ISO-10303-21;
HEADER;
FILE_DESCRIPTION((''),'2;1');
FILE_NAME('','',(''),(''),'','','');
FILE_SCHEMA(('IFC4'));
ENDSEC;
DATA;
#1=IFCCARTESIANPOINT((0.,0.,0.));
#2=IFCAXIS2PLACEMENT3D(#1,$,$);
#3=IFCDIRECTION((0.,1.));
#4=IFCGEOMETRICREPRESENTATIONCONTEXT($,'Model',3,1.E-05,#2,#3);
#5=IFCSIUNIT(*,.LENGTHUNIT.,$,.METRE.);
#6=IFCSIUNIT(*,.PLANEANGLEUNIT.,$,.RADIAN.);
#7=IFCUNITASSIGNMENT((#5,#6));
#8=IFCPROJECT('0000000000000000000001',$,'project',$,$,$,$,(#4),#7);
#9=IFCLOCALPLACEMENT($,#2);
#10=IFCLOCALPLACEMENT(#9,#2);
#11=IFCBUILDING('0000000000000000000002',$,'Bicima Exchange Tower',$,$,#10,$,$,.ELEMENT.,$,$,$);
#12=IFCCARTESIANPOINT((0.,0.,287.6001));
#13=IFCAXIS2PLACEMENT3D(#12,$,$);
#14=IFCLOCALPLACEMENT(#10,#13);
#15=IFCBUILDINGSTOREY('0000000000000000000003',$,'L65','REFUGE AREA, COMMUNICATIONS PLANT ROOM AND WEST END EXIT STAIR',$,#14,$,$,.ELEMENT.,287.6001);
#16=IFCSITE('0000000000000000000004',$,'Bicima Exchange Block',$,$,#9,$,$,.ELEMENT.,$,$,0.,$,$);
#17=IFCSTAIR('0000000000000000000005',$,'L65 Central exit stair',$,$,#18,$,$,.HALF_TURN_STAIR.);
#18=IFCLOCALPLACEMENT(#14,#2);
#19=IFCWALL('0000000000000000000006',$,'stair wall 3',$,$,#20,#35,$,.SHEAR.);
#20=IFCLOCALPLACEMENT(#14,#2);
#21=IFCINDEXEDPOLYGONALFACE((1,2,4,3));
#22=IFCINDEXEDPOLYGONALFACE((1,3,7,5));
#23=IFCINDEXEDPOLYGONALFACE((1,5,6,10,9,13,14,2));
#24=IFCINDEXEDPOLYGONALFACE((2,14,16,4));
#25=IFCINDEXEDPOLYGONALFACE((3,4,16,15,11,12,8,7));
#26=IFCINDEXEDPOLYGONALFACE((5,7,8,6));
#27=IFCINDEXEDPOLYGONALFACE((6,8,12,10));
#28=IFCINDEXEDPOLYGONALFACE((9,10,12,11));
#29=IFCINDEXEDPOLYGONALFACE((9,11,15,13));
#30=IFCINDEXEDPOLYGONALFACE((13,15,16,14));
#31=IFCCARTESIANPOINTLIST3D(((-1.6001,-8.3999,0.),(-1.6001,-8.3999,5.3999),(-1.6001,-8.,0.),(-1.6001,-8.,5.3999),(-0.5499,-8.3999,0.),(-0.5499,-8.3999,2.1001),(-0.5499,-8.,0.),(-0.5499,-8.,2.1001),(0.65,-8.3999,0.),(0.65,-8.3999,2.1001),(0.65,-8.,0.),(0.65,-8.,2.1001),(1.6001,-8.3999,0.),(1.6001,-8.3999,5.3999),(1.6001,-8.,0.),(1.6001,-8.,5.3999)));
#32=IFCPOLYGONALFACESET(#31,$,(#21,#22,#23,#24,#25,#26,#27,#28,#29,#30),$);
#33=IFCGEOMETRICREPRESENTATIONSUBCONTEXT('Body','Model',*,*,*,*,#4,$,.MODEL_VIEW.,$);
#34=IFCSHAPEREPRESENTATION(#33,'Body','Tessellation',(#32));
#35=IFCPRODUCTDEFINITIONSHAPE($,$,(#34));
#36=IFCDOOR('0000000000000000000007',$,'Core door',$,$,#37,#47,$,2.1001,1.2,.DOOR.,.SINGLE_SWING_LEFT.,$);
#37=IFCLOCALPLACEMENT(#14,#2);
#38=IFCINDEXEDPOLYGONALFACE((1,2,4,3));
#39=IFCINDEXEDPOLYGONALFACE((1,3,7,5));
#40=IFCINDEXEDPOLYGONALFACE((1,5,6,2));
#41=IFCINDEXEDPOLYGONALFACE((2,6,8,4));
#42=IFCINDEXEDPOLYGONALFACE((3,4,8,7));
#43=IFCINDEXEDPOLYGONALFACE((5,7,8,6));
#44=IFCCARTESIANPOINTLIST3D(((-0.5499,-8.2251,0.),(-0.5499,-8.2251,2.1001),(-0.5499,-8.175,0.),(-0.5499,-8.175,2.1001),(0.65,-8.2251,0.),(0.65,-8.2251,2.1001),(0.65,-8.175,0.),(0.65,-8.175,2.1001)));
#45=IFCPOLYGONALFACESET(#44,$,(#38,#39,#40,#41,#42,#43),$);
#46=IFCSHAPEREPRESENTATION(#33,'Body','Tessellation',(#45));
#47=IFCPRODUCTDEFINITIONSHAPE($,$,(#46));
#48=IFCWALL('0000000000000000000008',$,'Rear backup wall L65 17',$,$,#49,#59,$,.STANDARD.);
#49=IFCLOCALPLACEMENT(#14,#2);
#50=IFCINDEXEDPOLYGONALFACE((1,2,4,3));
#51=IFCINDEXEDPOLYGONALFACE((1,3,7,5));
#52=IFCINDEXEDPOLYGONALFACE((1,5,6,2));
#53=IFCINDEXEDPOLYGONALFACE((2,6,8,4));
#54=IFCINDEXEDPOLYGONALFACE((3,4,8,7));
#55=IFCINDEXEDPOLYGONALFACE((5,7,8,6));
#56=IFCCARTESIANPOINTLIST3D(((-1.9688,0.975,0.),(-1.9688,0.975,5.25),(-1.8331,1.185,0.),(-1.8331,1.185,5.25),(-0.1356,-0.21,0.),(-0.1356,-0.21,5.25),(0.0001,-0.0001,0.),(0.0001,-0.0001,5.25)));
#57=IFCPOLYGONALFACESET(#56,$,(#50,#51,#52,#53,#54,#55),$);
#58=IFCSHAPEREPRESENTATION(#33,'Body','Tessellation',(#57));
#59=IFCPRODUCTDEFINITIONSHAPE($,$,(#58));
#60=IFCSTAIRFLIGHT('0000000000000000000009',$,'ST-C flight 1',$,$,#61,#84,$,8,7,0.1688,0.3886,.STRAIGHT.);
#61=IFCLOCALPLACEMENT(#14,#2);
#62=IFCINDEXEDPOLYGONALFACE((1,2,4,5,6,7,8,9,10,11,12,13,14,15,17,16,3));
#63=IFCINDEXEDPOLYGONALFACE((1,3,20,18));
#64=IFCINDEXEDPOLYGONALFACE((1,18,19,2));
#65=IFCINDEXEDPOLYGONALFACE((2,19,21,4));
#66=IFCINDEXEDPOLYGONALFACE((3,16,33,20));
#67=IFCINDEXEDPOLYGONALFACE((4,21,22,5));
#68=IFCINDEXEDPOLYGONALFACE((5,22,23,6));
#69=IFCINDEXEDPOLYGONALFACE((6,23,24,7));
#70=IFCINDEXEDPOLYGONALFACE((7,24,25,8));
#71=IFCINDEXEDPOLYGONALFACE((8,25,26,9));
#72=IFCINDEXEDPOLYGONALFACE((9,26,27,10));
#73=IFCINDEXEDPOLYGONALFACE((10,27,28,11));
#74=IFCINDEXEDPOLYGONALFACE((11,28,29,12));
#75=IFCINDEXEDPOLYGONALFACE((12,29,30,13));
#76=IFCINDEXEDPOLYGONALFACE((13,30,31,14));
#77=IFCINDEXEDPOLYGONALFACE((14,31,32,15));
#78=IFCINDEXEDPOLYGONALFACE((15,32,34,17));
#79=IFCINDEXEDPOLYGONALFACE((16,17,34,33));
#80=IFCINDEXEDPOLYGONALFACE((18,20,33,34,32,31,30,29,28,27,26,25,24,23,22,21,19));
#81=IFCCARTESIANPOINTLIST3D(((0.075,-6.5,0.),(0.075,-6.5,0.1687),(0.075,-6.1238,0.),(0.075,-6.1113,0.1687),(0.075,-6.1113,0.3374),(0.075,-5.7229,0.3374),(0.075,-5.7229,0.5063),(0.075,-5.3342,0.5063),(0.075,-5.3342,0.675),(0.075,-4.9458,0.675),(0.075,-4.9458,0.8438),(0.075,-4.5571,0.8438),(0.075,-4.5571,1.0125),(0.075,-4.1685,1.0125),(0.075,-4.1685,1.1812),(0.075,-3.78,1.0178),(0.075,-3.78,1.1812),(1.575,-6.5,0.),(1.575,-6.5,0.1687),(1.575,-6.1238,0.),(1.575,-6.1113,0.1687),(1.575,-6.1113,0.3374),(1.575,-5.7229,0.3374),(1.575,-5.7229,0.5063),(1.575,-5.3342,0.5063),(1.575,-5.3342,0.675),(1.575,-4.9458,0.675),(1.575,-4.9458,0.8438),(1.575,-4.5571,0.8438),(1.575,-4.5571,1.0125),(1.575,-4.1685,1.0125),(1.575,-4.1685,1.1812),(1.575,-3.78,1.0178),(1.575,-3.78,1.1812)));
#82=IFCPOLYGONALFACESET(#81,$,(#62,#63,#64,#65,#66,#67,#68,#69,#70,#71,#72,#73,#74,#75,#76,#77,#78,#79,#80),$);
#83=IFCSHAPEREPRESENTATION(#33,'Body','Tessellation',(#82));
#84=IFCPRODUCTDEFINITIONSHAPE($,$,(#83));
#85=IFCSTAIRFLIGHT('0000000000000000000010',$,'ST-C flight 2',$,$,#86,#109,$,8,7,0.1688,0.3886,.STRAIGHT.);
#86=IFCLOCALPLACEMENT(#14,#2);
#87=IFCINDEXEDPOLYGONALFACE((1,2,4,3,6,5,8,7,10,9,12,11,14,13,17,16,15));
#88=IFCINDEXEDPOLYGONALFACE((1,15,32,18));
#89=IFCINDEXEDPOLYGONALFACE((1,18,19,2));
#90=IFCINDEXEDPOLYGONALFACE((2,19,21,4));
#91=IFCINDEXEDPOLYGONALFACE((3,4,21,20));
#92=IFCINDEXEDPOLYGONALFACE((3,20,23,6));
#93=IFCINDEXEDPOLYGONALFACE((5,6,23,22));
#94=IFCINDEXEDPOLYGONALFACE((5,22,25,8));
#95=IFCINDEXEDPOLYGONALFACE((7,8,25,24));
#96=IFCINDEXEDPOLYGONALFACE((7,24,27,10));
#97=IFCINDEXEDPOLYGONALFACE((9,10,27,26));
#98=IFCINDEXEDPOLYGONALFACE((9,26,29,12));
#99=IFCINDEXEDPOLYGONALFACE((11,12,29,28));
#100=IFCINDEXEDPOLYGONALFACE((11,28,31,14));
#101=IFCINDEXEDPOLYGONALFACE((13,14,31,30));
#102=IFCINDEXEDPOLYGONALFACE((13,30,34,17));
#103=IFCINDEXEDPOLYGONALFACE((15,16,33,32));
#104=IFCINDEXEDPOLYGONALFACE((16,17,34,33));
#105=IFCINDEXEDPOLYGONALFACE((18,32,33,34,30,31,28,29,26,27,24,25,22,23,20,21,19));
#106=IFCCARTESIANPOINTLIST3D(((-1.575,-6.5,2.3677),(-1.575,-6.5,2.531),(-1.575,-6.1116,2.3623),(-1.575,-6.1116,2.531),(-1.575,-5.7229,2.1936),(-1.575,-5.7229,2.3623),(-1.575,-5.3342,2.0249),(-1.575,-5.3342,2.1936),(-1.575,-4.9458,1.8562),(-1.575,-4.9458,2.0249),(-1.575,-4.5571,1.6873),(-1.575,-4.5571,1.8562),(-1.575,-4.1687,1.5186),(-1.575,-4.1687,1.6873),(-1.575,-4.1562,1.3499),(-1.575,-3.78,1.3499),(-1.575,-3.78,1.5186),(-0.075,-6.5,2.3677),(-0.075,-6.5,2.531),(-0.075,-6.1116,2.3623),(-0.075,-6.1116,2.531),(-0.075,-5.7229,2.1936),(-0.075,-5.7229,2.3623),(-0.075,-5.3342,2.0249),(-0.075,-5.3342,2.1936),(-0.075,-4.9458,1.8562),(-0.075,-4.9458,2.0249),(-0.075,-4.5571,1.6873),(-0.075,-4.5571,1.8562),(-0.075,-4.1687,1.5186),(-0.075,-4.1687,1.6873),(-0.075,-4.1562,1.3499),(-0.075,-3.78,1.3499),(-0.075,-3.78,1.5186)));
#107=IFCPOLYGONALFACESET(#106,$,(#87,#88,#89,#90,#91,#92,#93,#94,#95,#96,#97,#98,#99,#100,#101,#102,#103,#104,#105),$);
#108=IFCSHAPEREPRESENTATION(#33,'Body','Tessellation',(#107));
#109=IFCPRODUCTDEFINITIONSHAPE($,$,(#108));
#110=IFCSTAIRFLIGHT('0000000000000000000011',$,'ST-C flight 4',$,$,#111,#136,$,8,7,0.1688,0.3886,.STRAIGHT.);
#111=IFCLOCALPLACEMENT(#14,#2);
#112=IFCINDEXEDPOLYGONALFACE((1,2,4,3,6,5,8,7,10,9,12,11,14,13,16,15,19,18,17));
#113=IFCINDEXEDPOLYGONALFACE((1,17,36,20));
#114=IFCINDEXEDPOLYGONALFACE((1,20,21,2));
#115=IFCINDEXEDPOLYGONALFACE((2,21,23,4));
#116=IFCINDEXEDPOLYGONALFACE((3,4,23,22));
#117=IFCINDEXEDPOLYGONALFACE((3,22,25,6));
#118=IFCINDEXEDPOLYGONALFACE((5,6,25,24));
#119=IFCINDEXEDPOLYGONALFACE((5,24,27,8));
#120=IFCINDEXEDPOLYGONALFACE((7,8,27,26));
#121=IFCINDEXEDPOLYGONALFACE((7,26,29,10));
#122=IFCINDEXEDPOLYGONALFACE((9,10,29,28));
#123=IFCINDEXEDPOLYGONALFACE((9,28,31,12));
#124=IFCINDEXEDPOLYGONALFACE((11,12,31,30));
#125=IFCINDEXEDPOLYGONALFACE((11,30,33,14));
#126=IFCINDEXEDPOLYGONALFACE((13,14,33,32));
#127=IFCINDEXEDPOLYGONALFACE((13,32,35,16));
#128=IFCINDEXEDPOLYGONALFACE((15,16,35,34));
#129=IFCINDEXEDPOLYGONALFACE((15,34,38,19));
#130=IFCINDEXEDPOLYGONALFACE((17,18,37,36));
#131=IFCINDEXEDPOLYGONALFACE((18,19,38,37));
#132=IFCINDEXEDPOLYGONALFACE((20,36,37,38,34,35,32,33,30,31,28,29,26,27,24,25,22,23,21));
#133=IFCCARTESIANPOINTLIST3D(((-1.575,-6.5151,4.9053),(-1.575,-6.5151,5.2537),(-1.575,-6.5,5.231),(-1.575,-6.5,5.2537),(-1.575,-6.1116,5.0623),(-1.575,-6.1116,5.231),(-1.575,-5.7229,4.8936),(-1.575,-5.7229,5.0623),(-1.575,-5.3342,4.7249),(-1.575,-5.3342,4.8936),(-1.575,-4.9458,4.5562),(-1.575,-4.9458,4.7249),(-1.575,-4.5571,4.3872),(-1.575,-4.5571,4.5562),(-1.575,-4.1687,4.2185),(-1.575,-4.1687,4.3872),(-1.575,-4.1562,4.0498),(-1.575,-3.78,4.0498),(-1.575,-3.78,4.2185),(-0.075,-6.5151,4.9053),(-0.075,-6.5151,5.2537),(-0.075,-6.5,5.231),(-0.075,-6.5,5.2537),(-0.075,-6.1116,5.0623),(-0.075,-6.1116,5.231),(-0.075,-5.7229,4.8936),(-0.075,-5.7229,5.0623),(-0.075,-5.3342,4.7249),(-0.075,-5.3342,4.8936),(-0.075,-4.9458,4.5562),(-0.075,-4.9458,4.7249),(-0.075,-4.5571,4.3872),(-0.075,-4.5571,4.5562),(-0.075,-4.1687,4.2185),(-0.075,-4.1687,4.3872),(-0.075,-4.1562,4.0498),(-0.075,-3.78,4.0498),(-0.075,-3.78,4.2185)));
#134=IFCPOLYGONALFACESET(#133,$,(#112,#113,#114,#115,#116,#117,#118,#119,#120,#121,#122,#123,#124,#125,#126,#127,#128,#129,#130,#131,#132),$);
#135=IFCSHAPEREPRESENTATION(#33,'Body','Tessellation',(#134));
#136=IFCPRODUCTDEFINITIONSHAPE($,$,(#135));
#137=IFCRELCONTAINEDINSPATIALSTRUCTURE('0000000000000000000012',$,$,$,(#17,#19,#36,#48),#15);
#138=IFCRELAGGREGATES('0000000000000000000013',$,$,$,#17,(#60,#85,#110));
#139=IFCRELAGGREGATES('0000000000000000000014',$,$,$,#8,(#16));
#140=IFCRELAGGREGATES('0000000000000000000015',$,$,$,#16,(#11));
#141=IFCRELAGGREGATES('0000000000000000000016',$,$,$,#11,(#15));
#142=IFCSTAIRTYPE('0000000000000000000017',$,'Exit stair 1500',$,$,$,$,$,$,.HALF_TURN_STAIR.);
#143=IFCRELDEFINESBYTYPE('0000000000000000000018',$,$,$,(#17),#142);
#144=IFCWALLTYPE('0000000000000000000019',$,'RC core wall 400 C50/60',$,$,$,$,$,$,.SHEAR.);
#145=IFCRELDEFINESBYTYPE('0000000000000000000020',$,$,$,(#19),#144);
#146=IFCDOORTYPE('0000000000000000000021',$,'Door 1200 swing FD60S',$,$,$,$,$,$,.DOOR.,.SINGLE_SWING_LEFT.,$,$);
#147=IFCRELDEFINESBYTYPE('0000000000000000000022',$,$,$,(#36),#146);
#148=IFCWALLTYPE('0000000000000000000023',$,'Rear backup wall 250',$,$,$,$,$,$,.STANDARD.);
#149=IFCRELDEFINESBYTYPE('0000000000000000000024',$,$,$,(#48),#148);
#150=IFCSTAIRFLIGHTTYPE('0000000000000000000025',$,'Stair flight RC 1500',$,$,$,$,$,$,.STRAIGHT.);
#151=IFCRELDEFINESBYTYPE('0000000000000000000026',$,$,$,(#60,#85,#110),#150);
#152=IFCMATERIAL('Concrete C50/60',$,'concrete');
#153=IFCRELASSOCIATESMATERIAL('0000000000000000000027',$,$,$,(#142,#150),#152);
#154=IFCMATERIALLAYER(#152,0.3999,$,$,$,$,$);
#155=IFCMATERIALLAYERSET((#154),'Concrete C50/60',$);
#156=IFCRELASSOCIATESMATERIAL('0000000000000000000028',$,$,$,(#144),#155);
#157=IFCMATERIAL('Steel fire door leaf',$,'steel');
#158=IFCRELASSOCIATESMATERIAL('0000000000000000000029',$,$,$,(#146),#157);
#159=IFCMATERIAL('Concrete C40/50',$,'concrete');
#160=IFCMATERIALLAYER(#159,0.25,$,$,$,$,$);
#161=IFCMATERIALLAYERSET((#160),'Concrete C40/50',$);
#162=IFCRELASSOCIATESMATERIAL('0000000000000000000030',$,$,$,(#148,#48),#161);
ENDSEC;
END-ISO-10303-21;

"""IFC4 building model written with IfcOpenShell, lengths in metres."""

from ifc_helpers import new_model, si_unit, direction, frame, frame_2d, origin, place, context, subcontext, project, spatial, polyline, rectangle, outline, extrude, material, layer, layer_set, layer_usage, type_object, element, fill, aggregate, save


model = new_model("IFC4")

# Units and contexts
model_context = context("Model", 3, precision=1e-05, world=origin(), true_north=direction((0.0, 1.0)))
body_context = subcontext(model_context, "Body", "Model", "MODEL_VIEW")
ifc_project = project(units=[si_unit("LENGTHUNIT", "METRE"), si_unit("PLANEANGLEUNIT", "RADIAN")], contexts=[model_context])

# Site, building, storey
site_placement = place(None, origin())
site = spatial("IfcSite", under=ifc_project, at=site_placement, Name="Bicima Exchange Block", CompositionType="ELEMENT", RefElevation=0.0)
building_placement = place(site_placement, origin())
building = spatial("IfcBuilding", under=site, at=building_placement, Name="Bicima Exchange Tower", CompositionType="ELEMENT")
storey_placement = place(building_placement, frame((0.0, 0.0, 287.6001)))
storey = spatial("IfcBuildingStorey", under=building, at=storey_placement, Name="L65", Description="REFUGE AREA, COMMUNICATIONS PLANT ROOM AND WEST END EXIT STAIR", CompositionType="ELEMENT", Elevation=287.6001)

# Shared definitions
ifc_material_1 = material(Name="Concrete C40/50", Category="concrete")

# Stair
ifc_material_2 = material(Name="Concrete C50/60", Category="concrete")
stair_type_1 = type_object("IfcStairType", Name="Exit stair 1500", PredefinedType="HALF_TURN_STAIR", material=ifc_material_2)
stair_1_placement = place(storey_placement, origin())
stair_1 = element("IfcStair", 1, at=stair_1_placement, inside=storey, type_object=stair_type_1, Name="L65 Central exit stair", PredefinedType="HALF_TURN_STAIR")

# Wall, opening, door
ifc_layer_1 = layer(ifc_material_2, 0.3999)
ifc_layer_set_1 = layer_set([ifc_layer_1], Name="Concrete C50/60")
wall_type_1 = type_object("IfcWallType", Name="RC core wall 400 C50/60", PredefinedType="SHEAR", material=ifc_layer_set_1)
wall_1_placement = place(storey_placement, frame((-1.6001, -8.2, 0.0), z_axis=(0.0, 0.0, 1.0), x_axis=(1.0, 0.0, 0.0)))
wall_1 = element("IfcWall", 2, at=wall_1_placement, inside=storey, type_object=wall_type_1, Name="stair wall 3", PredefinedType="SHEAR", context=body_context, shape_type="SweptSolid", body=[
    extrude(rectangle(XDim=3.2002, YDim=0.3999, at=frame_2d((1.6001, 0.0))), origin(), (0.0, 0.0, 1.0), 5.3999),
])
opening_placement = place(wall_1_placement, frame((1.05, 0.0, 0.0)))
opening = element("IfcOpeningElement", 3, at=opening_placement, cuts=wall_1, PredefinedType="OPENING", context=body_context, shape_type="SweptSolid", body=[
    extrude(rectangle(XDim=1.2, YDim=2.1001, at=frame_2d((0.6001, 1.05))), frame((0.0, 0.2119, 0.0), z_axis=(0.0, -1.0, 0.0), x_axis=(1.0, 0.0, 0.0)), (0.0, 0.0, 1.0), 0.4238),
])
ifc_material_3 = material(Name="Steel fire door leaf", Category="steel")
door_type = type_object("IfcDoorType", Name="Door 1200 swing FD60S", OperationType="SINGLE_SWING_LEFT", PredefinedType="DOOR", material=ifc_material_3)
door_placement = place(opening_placement, origin())
door = element("IfcDoor", 4, at=door_placement, inside=storey, type_object=door_type, Name="Core door", OperationType="SINGLE_SWING_LEFT", OverallHeight=2.1001, OverallWidth=1.2, PredefinedType="DOOR", context=body_context, shape_type="SweptSolid", body=[
    extrude(rectangle(XDim=1.2, YDim=2.1001, at=frame_2d((0.6001, 1.05))), frame((0.0, 0.0249, 0.0), z_axis=(0.0, -1.0, 0.0), x_axis=(1.0, 0.0, 0.0)), (0.0, 0.0, 1.0), 0.05),
])
fill(opening, door)

# Wall
ifc_layer_2 = layer(ifc_material_1, 0.25)
ifc_layer_set_2 = layer_set([ifc_layer_2], Name="Concrete C40/50")
ifc_layer_usage = layer_usage(ifc_layer_set_2, "AXIS2", "POSITIVE", -0.125)
wall_type_2 = type_object("IfcWallType", Name="Rear backup wall 250", PredefinedType="STANDARD", material=ifc_layer_set_2)
wall_2_placement = place(storey_placement, frame((-0.0679, -0.105, 0.0), z_axis=(0.0, 0.0, 1.0), x_axis=(-0.839813, 0.542876, 0.0)))
element("IfcWall", 5, at=wall_2_placement, inside=storey, type_object=wall_type_2, material=ifc_layer_usage, Name="Rear backup wall L65 17", PredefinedType="STANDARD", context=body_context, shape_type="SweptSolid", body=[
    extrude(rectangle(XDim=2.1829, YDim=0.25, at=frame_2d((1.0913, 0.0))), origin(), (0.0, 0.0, 1.0), 5.25),
])

# Stair flights
stair_flight_type = type_object("IfcStairFlightType", Name="Stair flight RC 1500", PredefinedType="STRAIGHT", material=ifc_material_2)
stair_flight_1_placement = place(storey_placement, frame((0.825, -6.5, 0.0), z_axis=(0.0, 0.0, 1.0), x_axis=(0.0, 1.0, 0.0)))
stair_flight_1 = element("IfcStairFlight", 6, at=stair_flight_1_placement, type_object=stair_flight_type, Name="ST-C flight 1", NumberOfRisers=8, NumberOfTreads=7, PredefinedType="STRAIGHT", RiserHeight=0.1688, TreadLength=0.3886, context=body_context, shape_type="SweptSolid", body=[
    extrude(outline(polyline([(0.0, 0.0), (0.0, 0.1687), (0.3887, 0.1687), (0.3887, 0.3374), (0.7771, 0.3374), (0.7771, 0.5063), (1.1658, 0.5063), (1.1658, 0.675), (1.5542, 0.675), (1.5542, 0.8438), (1.9429, 0.8438), (1.9429, 1.0125), (2.3315, 1.0125), (2.3315, 1.1812), (2.72, 1.1812), (2.72, 1.3501), (2.72, 1.0178), (0.3762, 0.0), (0.0, 0.0)])), frame((0.0, 0.75, 0.0), z_axis=(0.0, -1.0, 0.0), x_axis=(1.0, 0.0, 0.0)), (0.0, 0.0, 1.0), 1.5),
])
stair_flight_2_placement = place(storey_placement, frame((-0.825, -3.78, 1.3499), z_axis=(0.0, 0.0, 1.0), x_axis=(0.0, -1.0, 0.0)))
stair_flight_2 = element("IfcStairFlight", 7, at=stair_flight_2_placement, type_object=stair_flight_type, Name="ST-C flight 2", NumberOfRisers=8, NumberOfTreads=7, PredefinedType="STRAIGHT", RiserHeight=0.1688, TreadLength=0.3886, context=body_context, shape_type="SweptSolid", body=[
    extrude(outline(polyline([(0.0, 0.0), (0.0, 0.1687), (0.3887, 0.1687), (0.3887, 0.3374), (0.7771, 0.3374), (0.7771, 0.5063), (1.1658, 0.5063), (1.1658, 0.675), (1.5542, 0.675), (1.5542, 0.8438), (1.9429, 0.8438), (1.9429, 1.0125), (2.3315, 1.0125), (2.3315, 1.1812), (2.72, 1.1812), (2.72, 1.3501), (2.72, 1.0178), (0.3762, 0.0), (0.0, 0.0)])), frame((0.0, 0.75, 0.0), z_axis=(0.0, -1.0, 0.0), x_axis=(1.0, 0.0, 0.0)), (0.0, 0.0, 1.0), 1.5),
])
stair_flight_3_placement = place(storey_placement, frame((-0.825, -3.78, 4.0498), z_axis=(0.0, 0.0, 1.0), x_axis=(0.0, -1.0, 0.0)))
stair_flight_3 = element("IfcStairFlight", 8, at=stair_flight_3_placement, type_object=stair_flight_type, Name="ST-C flight 4", NumberOfRisers=8, NumberOfTreads=7, PredefinedType="STRAIGHT", RiserHeight=0.1688, TreadLength=0.3886, context=body_context, shape_type="SweptSolid", body=[
    extrude(outline(polyline([(0.0, 0.0), (0.0, 0.1687), (0.3887, 0.1687), (0.3887, 0.3374), (0.7771, 0.3374), (0.7771, 0.5063), (1.1658, 0.5063), (1.1658, 0.675), (1.5542, 0.675), (1.5542, 0.8438), (1.9429, 0.8438), (1.9429, 1.0125), (2.3315, 1.0125), (2.3315, 1.1812), (2.72, 1.1812), (2.72, 1.2039), (2.7351, 1.2039), (2.7351, 0.8555), (0.3762, 0.0), (0.0, 0.0)])), frame((0.0, 0.75, 0.0), z_axis=(0.0, -1.0, 0.0), x_axis=(1.0, 0.0, 0.0)), (0.0, 0.0, 1.0), 1.5),
])
aggregate(stair_1, [stair_flight_1, stair_flight_2, stair_flight_3])

save(model, "model.ifc")
